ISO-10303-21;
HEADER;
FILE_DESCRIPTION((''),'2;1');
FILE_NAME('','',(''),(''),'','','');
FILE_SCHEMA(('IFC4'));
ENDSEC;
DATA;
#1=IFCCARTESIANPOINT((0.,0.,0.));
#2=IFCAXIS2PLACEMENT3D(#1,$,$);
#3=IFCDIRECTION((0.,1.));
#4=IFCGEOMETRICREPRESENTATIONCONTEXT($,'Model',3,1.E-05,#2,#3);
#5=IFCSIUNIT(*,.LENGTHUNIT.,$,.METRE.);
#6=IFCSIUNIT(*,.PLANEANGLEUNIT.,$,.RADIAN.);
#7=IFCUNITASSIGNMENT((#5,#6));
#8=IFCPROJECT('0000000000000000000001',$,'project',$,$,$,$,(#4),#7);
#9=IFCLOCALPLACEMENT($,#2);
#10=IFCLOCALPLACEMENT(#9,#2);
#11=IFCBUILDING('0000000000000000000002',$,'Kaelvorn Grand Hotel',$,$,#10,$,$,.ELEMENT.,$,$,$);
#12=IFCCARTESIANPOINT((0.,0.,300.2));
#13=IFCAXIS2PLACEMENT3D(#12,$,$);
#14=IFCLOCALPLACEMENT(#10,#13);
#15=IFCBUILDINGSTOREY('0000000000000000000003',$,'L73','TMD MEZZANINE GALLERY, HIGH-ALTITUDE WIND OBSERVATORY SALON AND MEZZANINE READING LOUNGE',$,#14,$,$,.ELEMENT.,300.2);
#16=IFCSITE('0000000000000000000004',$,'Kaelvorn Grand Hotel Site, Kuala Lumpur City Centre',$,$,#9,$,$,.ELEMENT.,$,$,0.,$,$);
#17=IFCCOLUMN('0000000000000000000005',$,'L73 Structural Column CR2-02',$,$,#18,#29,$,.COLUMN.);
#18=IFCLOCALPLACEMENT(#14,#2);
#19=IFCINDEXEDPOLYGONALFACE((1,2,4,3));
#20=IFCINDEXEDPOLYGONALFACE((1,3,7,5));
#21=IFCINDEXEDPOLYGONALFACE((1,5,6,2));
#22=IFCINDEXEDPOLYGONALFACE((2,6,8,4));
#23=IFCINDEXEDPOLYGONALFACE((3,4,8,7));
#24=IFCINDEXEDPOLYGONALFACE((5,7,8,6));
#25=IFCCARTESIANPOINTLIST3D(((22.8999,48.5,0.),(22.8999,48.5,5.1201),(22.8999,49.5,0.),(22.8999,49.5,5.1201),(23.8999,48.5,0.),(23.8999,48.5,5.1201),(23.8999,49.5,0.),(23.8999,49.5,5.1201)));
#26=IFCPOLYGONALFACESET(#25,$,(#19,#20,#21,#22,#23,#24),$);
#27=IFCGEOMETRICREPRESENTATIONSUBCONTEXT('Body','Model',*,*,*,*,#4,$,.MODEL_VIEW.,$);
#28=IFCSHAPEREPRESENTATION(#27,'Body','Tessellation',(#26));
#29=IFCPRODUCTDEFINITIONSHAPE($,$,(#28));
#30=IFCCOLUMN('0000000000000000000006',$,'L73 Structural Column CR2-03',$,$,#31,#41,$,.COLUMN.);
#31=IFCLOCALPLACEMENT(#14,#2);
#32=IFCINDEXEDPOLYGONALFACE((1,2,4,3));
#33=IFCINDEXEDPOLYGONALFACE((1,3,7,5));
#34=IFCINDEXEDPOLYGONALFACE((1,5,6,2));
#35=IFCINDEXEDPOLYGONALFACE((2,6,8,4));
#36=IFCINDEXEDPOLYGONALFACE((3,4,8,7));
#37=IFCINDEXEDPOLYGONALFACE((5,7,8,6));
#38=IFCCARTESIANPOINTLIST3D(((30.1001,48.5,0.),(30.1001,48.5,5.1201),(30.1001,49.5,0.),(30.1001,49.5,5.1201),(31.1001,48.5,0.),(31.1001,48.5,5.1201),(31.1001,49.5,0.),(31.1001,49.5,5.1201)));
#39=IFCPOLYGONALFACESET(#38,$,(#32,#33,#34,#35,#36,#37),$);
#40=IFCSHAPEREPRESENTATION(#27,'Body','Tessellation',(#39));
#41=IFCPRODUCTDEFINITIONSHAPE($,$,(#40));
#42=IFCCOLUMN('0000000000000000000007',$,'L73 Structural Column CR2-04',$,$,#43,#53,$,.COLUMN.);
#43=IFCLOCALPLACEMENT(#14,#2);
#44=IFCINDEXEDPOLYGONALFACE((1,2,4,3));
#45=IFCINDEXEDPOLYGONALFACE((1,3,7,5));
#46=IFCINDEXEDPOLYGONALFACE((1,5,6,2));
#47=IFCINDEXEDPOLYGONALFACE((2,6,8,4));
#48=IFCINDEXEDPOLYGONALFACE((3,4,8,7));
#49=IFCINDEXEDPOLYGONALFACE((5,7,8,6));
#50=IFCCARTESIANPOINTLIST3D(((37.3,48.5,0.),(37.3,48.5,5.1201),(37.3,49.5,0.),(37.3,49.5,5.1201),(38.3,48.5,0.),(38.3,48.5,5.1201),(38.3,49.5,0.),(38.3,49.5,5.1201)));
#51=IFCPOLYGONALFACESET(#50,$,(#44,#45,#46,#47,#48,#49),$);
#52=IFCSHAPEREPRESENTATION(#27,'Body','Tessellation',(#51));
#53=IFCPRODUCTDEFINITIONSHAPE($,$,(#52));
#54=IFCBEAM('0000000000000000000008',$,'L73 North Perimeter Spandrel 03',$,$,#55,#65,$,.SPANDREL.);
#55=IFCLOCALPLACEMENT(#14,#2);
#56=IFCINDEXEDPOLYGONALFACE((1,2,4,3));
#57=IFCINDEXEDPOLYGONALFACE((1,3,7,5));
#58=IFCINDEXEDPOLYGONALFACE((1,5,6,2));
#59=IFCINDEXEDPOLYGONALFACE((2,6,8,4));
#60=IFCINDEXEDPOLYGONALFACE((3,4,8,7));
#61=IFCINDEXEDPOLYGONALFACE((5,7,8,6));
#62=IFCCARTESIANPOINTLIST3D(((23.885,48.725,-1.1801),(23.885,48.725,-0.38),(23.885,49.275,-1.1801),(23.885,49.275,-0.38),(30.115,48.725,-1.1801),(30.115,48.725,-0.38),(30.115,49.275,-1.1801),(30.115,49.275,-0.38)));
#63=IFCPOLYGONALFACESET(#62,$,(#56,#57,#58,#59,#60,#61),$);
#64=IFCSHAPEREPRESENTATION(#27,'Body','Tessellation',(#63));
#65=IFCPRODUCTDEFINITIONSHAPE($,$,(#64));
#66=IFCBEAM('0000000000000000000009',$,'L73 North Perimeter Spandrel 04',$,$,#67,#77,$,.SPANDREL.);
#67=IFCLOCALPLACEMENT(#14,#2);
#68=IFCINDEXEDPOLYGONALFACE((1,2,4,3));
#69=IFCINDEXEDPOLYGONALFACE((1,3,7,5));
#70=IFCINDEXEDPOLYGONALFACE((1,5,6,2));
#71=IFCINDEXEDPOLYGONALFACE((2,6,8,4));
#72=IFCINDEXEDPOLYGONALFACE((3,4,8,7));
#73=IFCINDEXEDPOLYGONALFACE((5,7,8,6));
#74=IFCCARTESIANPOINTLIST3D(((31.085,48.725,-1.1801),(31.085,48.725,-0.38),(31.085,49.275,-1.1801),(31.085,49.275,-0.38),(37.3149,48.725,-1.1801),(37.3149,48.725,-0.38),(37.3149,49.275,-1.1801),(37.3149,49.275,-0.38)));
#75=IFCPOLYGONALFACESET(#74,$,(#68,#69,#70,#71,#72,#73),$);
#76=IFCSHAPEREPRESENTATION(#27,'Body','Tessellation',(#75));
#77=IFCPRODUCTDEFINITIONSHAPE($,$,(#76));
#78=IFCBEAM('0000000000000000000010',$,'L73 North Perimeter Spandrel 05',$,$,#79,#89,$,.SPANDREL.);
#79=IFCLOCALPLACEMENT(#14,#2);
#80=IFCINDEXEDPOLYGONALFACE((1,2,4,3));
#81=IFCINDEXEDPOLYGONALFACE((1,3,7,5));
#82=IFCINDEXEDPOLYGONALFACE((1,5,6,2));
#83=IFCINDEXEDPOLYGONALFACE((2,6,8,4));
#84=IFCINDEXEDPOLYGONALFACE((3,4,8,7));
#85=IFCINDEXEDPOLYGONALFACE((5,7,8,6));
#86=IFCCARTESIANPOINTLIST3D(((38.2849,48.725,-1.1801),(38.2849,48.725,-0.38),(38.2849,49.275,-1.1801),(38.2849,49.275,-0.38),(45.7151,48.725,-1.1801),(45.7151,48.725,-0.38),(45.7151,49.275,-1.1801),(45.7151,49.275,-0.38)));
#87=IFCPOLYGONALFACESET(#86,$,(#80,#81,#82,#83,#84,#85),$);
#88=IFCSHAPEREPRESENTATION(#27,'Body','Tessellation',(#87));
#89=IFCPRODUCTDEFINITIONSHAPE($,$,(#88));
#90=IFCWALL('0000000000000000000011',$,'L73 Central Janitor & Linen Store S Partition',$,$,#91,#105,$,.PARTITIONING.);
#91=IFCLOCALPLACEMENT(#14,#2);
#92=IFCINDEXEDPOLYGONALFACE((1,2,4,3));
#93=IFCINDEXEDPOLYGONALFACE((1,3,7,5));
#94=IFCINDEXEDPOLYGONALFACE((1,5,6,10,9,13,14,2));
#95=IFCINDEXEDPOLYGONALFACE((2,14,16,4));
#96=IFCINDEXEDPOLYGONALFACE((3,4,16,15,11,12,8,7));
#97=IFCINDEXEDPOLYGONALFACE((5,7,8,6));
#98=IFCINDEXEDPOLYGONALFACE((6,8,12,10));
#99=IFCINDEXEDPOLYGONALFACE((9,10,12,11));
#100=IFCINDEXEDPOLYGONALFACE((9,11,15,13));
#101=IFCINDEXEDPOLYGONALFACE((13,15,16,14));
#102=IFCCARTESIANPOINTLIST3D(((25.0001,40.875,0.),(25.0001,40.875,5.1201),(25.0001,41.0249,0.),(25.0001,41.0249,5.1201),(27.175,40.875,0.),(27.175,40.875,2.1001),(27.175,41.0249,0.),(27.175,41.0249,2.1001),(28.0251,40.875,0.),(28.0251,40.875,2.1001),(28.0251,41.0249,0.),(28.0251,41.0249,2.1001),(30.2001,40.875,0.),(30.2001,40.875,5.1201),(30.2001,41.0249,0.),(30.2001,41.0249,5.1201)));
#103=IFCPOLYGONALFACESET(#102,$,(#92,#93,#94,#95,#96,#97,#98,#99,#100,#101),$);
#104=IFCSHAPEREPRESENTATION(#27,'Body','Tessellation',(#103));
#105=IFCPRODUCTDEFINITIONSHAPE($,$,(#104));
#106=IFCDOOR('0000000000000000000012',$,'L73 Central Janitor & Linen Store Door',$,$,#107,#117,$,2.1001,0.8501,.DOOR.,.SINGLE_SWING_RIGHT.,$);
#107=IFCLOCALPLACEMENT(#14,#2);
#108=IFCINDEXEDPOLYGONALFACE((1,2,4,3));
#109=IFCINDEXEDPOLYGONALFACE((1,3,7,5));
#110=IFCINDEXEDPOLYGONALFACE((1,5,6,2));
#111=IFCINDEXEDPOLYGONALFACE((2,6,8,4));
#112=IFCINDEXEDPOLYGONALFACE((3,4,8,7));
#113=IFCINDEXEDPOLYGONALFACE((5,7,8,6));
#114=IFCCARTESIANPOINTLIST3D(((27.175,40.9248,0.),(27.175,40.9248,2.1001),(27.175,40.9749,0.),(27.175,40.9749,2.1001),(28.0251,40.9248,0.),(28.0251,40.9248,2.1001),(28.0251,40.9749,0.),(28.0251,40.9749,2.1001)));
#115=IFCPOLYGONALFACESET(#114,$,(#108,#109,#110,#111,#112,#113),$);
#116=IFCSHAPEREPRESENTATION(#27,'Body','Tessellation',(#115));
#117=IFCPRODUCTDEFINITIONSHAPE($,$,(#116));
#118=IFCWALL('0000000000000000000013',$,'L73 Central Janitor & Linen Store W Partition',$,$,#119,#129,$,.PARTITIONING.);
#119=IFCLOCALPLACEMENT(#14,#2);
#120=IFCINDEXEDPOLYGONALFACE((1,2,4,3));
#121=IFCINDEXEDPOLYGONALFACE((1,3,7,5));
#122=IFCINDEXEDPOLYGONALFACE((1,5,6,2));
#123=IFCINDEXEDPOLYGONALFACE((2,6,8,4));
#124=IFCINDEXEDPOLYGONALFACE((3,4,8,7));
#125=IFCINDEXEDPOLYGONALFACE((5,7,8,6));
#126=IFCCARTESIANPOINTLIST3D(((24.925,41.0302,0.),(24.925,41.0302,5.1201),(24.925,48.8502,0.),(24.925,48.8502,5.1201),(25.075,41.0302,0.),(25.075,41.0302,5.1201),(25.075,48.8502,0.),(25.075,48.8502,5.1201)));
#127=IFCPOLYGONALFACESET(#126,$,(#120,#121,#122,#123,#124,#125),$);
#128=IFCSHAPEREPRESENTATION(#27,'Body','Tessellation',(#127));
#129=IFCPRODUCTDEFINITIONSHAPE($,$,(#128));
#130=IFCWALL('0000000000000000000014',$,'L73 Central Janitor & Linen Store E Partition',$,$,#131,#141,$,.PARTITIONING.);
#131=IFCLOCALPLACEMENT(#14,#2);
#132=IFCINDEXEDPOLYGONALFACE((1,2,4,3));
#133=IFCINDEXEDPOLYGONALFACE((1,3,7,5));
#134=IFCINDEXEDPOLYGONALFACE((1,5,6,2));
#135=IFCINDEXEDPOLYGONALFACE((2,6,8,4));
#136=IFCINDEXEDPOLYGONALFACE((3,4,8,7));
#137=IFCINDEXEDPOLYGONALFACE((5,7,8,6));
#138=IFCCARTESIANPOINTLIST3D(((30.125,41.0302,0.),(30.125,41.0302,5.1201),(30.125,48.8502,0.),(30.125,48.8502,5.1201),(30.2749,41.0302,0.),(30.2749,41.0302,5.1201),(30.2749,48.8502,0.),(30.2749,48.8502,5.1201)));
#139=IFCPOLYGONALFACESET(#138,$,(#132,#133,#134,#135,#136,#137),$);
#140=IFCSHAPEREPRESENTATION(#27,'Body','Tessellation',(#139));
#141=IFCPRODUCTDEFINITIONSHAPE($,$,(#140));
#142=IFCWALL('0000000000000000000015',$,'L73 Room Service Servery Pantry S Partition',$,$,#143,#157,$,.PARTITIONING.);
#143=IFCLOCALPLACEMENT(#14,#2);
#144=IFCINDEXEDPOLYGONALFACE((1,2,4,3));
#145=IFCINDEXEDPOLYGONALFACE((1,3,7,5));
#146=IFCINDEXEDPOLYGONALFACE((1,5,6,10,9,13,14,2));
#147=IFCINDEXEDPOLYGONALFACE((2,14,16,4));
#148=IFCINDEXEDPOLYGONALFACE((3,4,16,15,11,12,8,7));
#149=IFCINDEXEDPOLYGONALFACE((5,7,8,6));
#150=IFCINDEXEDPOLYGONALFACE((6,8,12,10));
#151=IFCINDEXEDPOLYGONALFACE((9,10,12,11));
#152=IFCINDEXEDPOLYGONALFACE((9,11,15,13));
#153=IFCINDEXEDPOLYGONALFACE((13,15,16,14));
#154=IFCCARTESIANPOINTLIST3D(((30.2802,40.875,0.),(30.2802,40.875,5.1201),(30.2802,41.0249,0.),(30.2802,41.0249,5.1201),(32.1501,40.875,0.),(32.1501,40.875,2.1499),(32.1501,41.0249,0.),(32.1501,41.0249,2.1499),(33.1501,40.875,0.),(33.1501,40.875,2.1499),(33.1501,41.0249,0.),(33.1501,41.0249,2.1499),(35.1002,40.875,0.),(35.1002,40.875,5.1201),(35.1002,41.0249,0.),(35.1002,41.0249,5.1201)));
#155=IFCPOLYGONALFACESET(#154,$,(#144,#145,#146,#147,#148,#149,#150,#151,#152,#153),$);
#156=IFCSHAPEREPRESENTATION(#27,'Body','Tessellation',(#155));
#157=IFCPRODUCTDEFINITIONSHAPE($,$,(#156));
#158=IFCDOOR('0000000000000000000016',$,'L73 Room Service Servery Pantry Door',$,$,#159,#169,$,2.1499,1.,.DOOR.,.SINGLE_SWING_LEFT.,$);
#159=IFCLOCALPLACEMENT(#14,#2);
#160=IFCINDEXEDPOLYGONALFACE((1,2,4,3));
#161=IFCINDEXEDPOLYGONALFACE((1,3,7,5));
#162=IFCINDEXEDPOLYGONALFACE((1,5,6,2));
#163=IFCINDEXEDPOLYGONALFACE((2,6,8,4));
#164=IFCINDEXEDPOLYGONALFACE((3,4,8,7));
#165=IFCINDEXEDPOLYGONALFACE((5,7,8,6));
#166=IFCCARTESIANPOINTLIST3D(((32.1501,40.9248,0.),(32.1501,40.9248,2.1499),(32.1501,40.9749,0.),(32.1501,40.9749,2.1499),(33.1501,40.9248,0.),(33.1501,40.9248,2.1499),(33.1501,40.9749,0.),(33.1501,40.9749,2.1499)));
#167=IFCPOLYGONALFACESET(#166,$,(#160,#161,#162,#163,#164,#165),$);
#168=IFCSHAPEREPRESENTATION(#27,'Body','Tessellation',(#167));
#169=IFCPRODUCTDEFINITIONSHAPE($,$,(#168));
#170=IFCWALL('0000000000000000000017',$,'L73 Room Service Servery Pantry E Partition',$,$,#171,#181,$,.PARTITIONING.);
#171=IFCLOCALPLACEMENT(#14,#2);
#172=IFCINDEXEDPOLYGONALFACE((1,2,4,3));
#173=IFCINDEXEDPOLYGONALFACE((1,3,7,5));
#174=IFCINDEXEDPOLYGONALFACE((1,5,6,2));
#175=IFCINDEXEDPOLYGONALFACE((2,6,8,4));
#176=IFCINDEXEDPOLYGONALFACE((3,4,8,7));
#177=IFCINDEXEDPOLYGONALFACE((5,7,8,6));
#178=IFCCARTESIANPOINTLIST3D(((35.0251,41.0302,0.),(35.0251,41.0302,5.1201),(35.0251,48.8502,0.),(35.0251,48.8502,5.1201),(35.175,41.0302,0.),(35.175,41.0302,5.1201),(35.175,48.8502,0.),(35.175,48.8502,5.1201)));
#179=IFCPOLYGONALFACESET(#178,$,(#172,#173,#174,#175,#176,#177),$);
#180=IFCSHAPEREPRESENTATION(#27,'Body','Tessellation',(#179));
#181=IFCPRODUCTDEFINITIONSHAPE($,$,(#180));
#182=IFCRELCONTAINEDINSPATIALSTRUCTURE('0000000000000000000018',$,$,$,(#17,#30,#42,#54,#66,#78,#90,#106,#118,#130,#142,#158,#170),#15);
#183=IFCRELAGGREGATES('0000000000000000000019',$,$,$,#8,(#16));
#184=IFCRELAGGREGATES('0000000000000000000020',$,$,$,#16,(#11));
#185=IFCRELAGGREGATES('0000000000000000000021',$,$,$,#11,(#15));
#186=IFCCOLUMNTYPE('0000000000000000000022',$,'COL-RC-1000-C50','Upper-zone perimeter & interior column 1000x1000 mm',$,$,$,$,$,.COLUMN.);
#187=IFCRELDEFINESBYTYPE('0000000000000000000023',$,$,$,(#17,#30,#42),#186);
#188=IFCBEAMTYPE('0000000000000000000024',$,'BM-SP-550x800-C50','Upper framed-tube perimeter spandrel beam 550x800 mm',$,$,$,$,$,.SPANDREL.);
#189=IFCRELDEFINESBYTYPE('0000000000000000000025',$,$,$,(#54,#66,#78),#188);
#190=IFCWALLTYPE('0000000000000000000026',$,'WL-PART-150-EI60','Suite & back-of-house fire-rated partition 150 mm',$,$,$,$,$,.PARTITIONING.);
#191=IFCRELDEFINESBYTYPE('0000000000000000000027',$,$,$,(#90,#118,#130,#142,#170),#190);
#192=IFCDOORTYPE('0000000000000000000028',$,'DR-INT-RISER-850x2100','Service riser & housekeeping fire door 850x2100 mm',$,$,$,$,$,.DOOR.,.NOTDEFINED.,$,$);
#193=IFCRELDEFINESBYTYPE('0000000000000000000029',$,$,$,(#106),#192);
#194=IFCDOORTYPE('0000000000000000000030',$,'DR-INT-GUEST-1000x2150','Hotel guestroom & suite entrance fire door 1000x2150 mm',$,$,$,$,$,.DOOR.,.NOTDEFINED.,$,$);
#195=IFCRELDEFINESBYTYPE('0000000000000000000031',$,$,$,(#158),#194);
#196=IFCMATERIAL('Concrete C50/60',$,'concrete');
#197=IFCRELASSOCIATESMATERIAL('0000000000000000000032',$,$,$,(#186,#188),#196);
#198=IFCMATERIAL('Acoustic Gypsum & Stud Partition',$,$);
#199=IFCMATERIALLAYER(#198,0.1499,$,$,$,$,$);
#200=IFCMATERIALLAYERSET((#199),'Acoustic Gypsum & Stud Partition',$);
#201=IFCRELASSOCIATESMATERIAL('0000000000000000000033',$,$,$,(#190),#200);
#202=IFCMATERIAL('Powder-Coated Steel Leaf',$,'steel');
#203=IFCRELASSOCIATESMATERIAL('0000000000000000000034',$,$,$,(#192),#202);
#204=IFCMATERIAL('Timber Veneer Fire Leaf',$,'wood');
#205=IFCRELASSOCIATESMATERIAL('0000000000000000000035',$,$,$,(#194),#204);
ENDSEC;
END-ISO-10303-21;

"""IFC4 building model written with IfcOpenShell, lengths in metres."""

from ifc_helpers import new_model, si_unit, direction, frame, frame_2d, origin, origin_2d, place, context, subcontext, project, spatial, rectangle, extrude, material, layer, layer_set, material_profile, profile_set, type_object, element, fill, save


model = new_model("IFC4")

# Units and contexts
model_context = context("Model", 3, precision=1e-05, world=origin(), true_north=direction((0.0, 1.0)))
body_context = subcontext(model_context, "Body", "Model", "MODEL_VIEW")
ifc_project = project(units=[si_unit("LENGTHUNIT", "METRE"), si_unit("PLANEANGLEUNIT", "RADIAN")], contexts=[model_context])

# Site, building, storey
site_placement = place(None, origin())
site = spatial("IfcSite", under=ifc_project, at=site_placement, Name="Kaelvorn Grand Hotel Site, Kuala Lumpur City Centre", CompositionType="ELEMENT", RefElevation=0.0)
building_placement = place(site_placement, origin())
building = spatial("IfcBuilding", under=site, at=building_placement, Name="Kaelvorn Grand Hotel", CompositionType="ELEMENT")
storey_placement = place(building_placement, frame((0.0, 0.0, 300.2)))
storey = spatial("IfcBuildingStorey", under=building, at=storey_placement, Name="L73", Description="TMD MEZZANINE GALLERY, HIGH-ALTITUDE WIND OBSERVATORY SALON AND MEZZANINE READING LOUNGE", CompositionType="ELEMENT", Elevation=300.2)

# Columns
ifc_material_1 = material(Name="Concrete C50/60", Category="concrete")
ifc_material_profile_1 = material_profile(ifc_material_1, rectangle(XDim=1.0, YDim=1.0, at=origin_2d()), Name="RC COL 1000x1000")
ifc_profile_set_1 = profile_set([ifc_material_profile_1], Name="Concrete C50/60")
column_type = type_object("IfcColumnType", Name="COL-RC-1000-C50", Description="Upper-zone perimeter & interior column 1000x1000 mm", PredefinedType="COLUMN", material=ifc_profile_set_1)
for number, where, z_axis, x_axis, name in (
    (1, (23.3999, 49.0, 0.0), (0.0, 0.0, 1.0), (1.0, 0.0, 0.0), "L73 Structural Column CR2-02"),
    (2, (30.6001, 49.0, 0.0), (0.0, 0.0, 1.0), (1.0, 0.0, 0.0), "L73 Structural Column CR2-03"),
    (3, (37.8, 49.0, 0.0), (0.0, 0.0, 1.0), (1.0, 0.0, 0.0), "L73 Structural Column CR2-04"),
):
    element("IfcColumn", number, at=place(storey_placement, frame(where, z_axis=z_axis, x_axis=x_axis)), inside=storey, type_object=column_type, Name=name, PredefinedType="COLUMN", context=body_context, shape_type="SweptSolid", body=[
        extrude(rectangle(XDim=1.0, YDim=1.0, at=origin_2d()), origin(), (0.0, 0.0, 1.0), 5.1201),
    ])

# Beams
ifc_material_profile_2 = material_profile(ifc_material_1, rectangle(XDim=0.55, YDim=0.8, at=origin_2d()), Name="RC SPANDREL 550x800")
ifc_profile_set_2 = profile_set([ifc_material_profile_2], Name="Concrete C50/60")
beam_type = type_object("IfcBeamType", Name="BM-SP-550x800-C50", Description="Upper framed-tube perimeter spandrel beam 550x800 mm", PredefinedType="SPANDREL", material=ifc_profile_set_2)
for number, where, z_axis, x_axis, name in (
    (4, (23.885, 49.0, -0.78), (1.0, 0.0, 0.0), (0.0, 1.0, 0.0), "L73 North Perimeter Spandrel 03"),
    (5, (31.085, 49.0, -0.78), (1.0, 0.0, 0.0), (0.0, 1.0, 0.0), "L73 North Perimeter Spandrel 04"),
):
    element("IfcBeam", number, at=place(storey_placement, frame(where, z_axis=z_axis, x_axis=x_axis)), inside=storey, type_object=beam_type, Name=name, PredefinedType="SPANDREL", context=body_context, shape_type="SweptSolid", body=[
        extrude(rectangle(XDim=0.55, YDim=0.8, at=origin_2d()), origin(), (0.0, 0.0, 1.0), 6.23),
    ])
beam_placement = place(storey_placement, frame((38.2849, 49.0, -0.78), z_axis=(1.0, 0.0, 0.0), x_axis=(0.0, 1.0, 0.0)))
element("IfcBeam", 6, at=beam_placement, inside=storey, type_object=beam_type, Name="L73 North Perimeter Spandrel 05", PredefinedType="SPANDREL", context=body_context, shape_type="SweptSolid", body=[
    extrude(rectangle(XDim=0.55, YDim=0.8, at=origin_2d()), origin(), (0.0, 0.0, 1.0), 7.4302),
])

# Wall, opening, door
ifc_material_2 = material(Name="Acoustic Gypsum & Stud Partition")
ifc_layer_1 = layer(ifc_material_2, 0.1499)
ifc_layer_set_1 = layer_set([ifc_layer_1], Name="Acoustic Gypsum & Stud Partition")
wall_type_1 = type_object("IfcWallType", Name="WL-PART-150-EI60", Description="Suite & back-of-house fire-rated partition 150 mm", PredefinedType="PARTITIONING", material=ifc_layer_set_1)
wall_1_placement = place(storey_placement, frame((25.0, 40.95, 0.0), z_axis=(0.0, 0.0, 1.0), x_axis=(1.0, 0.0, 0.0)))
wall_1 = element("IfcWall", 7, at=wall_1_placement, inside=storey, type_object=wall_type_1, Name="L73 Central Janitor & Linen Store S Partition", PredefinedType="PARTITIONING", context=body_context, shape_type="SweptSolid", body=[
    extrude(rectangle(XDim=5.2, YDim=0.1499, at=frame_2d((2.6001, 0.0))), origin(), (0.0, 0.0, 1.0), 5.1201),
])
opening_1_placement = place(wall_1_placement, frame((2.175, 0.0, 0.0)))
opening_1 = element("IfcOpeningElement", 8, at=opening_1_placement, cuts=wall_1, PredefinedType="OPENING", context=body_context, shape_type="SweptSolid", body=[
    extrude(rectangle(XDim=0.8501, YDim=2.1001, at=frame_2d((0.425, 1.05))), frame((0.0, 0.085, 0.0), z_axis=(0.0, -1.0, 0.0), x_axis=(1.0, 0.0, 0.0)), (0.0, 0.0, 1.0), 0.1699),
])
ifc_material_3 = material(Name="Powder-Coated Steel Leaf", Category="steel")
door_type_1 = type_object("IfcDoorType", Name="DR-INT-RISER-850x2100", Description="Service riser & housekeeping fire door 850x2100 mm", OperationType="NOTDEFINED", PredefinedType="DOOR", material=ifc_material_3)
door_1_placement = place(opening_1_placement, origin())
door_1 = element("IfcDoor", 9, at=door_1_placement, inside=storey, type_object=door_type_1, Name="L73 Central Janitor & Linen Store Door", OperationType="SINGLE_SWING_RIGHT", OverallHeight=2.1001, OverallWidth=0.8501, PredefinedType="DOOR", context=body_context, shape_type="SweptSolid", body=[
    extrude(rectangle(XDim=0.8501, YDim=2.1001, at=frame_2d((0.425, 1.05))), frame((0.0, 0.0249, 0.0), z_axis=(0.0, -1.0, 0.0), x_axis=(1.0, 0.0, 0.0)), (0.0, 0.0, 1.0), 0.05),
])
fill(opening_1, door_1)

# Walls
for number, where, z_axis, x_axis, name in (
    (10, (25.0, 41.03, 0.0), (0.0, 0.0, 1.0), (0.0, 1.0, 0.0), "L73 Central Janitor & Linen Store W Partition"),
    (11, (30.2, 41.03, 0.0), (0.0, 0.0, 1.0), (0.0, 1.0, 0.0), "L73 Central Janitor & Linen Store E Partition"),
):
    element("IfcWall", number, at=place(storey_placement, frame(where, z_axis=z_axis, x_axis=x_axis)), inside=storey, type_object=wall_type_1, Name=name, PredefinedType="PARTITIONING", context=body_context, shape_type="SweptSolid", body=[
        extrude(rectangle(XDim=7.8201, YDim=0.1499, at=frame_2d((3.9102, 0.0))), origin(), (0.0, 0.0, 1.0), 5.1201),
    ])

# Wall, opening, door
wall_2_placement = place(storey_placement, frame((30.28, 40.95, 0.0), z_axis=(0.0, 0.0, 1.0), x_axis=(1.0, 0.0, 0.0)))
wall_2 = element("IfcWall", 12, at=wall_2_placement, inside=storey, type_object=wall_type_1, Name="L73 Room Service Servery Pantry S Partition", PredefinedType="PARTITIONING", context=body_context, shape_type="SweptSolid", body=[
    extrude(rectangle(XDim=4.8201, YDim=0.1499, at=frame_2d((2.4102, 0.0))), origin(), (0.0, 0.0, 1.0), 5.1201),
])
opening_2_placement = place(wall_2_placement, frame((1.8701, 0.0, 0.0)))
opening_2 = element("IfcOpeningElement", 13, at=opening_2_placement, cuts=wall_2, PredefinedType="OPENING", context=body_context, shape_type="SweptSolid", body=[
    extrude(rectangle(XDim=1.0, YDim=2.1499, at=frame_2d((0.5, 1.075))), frame((0.0, 0.085, 0.0), z_axis=(0.0, -1.0, 0.0), x_axis=(1.0, 0.0, 0.0)), (0.0, 0.0, 1.0), 0.1699),
])
ifc_material_4 = material(Name="Timber Veneer Fire Leaf", Category="wood")
door_type_2 = type_object("IfcDoorType", Name="DR-INT-GUEST-1000x2150", Description="Hotel guestroom & suite entrance fire door 1000x2150 mm", OperationType="NOTDEFINED", PredefinedType="DOOR", material=ifc_material_4)
door_2_placement = place(opening_2_placement, origin())
door_2 = element("IfcDoor", 14, at=door_2_placement, inside=storey, type_object=door_type_2, Name="L73 Room Service Servery Pantry Door", OperationType="SINGLE_SWING_LEFT", OverallHeight=2.1499, OverallWidth=1.0, PredefinedType="DOOR", context=body_context, shape_type="SweptSolid", body=[
    extrude(rectangle(XDim=1.0, YDim=2.1499, at=frame_2d((0.5, 1.075))), frame((0.0, 0.0249, 0.0), z_axis=(0.0, -1.0, 0.0), x_axis=(1.0, 0.0, 0.0)), (0.0, 0.0, 1.0), 0.05),
])
fill(opening_2, door_2)

# Wall
wall_3_placement = place(storey_placement, frame((35.1001, 41.03, 0.0), z_axis=(0.0, 0.0, 1.0), x_axis=(0.0, 1.0, 0.0)))
element("IfcWall", 15, at=wall_3_placement, inside=storey, type_object=wall_type_1, Name="L73 Room Service Servery Pantry E Partition", PredefinedType="PARTITIONING", context=body_context, shape_type="SweptSolid", body=[
    extrude(rectangle(XDim=7.8201, YDim=0.1499, at=frame_2d((3.9102, 0.0))), origin(), (0.0, 0.0, 1.0), 5.1201),
])

save(model, "model.ifc")
